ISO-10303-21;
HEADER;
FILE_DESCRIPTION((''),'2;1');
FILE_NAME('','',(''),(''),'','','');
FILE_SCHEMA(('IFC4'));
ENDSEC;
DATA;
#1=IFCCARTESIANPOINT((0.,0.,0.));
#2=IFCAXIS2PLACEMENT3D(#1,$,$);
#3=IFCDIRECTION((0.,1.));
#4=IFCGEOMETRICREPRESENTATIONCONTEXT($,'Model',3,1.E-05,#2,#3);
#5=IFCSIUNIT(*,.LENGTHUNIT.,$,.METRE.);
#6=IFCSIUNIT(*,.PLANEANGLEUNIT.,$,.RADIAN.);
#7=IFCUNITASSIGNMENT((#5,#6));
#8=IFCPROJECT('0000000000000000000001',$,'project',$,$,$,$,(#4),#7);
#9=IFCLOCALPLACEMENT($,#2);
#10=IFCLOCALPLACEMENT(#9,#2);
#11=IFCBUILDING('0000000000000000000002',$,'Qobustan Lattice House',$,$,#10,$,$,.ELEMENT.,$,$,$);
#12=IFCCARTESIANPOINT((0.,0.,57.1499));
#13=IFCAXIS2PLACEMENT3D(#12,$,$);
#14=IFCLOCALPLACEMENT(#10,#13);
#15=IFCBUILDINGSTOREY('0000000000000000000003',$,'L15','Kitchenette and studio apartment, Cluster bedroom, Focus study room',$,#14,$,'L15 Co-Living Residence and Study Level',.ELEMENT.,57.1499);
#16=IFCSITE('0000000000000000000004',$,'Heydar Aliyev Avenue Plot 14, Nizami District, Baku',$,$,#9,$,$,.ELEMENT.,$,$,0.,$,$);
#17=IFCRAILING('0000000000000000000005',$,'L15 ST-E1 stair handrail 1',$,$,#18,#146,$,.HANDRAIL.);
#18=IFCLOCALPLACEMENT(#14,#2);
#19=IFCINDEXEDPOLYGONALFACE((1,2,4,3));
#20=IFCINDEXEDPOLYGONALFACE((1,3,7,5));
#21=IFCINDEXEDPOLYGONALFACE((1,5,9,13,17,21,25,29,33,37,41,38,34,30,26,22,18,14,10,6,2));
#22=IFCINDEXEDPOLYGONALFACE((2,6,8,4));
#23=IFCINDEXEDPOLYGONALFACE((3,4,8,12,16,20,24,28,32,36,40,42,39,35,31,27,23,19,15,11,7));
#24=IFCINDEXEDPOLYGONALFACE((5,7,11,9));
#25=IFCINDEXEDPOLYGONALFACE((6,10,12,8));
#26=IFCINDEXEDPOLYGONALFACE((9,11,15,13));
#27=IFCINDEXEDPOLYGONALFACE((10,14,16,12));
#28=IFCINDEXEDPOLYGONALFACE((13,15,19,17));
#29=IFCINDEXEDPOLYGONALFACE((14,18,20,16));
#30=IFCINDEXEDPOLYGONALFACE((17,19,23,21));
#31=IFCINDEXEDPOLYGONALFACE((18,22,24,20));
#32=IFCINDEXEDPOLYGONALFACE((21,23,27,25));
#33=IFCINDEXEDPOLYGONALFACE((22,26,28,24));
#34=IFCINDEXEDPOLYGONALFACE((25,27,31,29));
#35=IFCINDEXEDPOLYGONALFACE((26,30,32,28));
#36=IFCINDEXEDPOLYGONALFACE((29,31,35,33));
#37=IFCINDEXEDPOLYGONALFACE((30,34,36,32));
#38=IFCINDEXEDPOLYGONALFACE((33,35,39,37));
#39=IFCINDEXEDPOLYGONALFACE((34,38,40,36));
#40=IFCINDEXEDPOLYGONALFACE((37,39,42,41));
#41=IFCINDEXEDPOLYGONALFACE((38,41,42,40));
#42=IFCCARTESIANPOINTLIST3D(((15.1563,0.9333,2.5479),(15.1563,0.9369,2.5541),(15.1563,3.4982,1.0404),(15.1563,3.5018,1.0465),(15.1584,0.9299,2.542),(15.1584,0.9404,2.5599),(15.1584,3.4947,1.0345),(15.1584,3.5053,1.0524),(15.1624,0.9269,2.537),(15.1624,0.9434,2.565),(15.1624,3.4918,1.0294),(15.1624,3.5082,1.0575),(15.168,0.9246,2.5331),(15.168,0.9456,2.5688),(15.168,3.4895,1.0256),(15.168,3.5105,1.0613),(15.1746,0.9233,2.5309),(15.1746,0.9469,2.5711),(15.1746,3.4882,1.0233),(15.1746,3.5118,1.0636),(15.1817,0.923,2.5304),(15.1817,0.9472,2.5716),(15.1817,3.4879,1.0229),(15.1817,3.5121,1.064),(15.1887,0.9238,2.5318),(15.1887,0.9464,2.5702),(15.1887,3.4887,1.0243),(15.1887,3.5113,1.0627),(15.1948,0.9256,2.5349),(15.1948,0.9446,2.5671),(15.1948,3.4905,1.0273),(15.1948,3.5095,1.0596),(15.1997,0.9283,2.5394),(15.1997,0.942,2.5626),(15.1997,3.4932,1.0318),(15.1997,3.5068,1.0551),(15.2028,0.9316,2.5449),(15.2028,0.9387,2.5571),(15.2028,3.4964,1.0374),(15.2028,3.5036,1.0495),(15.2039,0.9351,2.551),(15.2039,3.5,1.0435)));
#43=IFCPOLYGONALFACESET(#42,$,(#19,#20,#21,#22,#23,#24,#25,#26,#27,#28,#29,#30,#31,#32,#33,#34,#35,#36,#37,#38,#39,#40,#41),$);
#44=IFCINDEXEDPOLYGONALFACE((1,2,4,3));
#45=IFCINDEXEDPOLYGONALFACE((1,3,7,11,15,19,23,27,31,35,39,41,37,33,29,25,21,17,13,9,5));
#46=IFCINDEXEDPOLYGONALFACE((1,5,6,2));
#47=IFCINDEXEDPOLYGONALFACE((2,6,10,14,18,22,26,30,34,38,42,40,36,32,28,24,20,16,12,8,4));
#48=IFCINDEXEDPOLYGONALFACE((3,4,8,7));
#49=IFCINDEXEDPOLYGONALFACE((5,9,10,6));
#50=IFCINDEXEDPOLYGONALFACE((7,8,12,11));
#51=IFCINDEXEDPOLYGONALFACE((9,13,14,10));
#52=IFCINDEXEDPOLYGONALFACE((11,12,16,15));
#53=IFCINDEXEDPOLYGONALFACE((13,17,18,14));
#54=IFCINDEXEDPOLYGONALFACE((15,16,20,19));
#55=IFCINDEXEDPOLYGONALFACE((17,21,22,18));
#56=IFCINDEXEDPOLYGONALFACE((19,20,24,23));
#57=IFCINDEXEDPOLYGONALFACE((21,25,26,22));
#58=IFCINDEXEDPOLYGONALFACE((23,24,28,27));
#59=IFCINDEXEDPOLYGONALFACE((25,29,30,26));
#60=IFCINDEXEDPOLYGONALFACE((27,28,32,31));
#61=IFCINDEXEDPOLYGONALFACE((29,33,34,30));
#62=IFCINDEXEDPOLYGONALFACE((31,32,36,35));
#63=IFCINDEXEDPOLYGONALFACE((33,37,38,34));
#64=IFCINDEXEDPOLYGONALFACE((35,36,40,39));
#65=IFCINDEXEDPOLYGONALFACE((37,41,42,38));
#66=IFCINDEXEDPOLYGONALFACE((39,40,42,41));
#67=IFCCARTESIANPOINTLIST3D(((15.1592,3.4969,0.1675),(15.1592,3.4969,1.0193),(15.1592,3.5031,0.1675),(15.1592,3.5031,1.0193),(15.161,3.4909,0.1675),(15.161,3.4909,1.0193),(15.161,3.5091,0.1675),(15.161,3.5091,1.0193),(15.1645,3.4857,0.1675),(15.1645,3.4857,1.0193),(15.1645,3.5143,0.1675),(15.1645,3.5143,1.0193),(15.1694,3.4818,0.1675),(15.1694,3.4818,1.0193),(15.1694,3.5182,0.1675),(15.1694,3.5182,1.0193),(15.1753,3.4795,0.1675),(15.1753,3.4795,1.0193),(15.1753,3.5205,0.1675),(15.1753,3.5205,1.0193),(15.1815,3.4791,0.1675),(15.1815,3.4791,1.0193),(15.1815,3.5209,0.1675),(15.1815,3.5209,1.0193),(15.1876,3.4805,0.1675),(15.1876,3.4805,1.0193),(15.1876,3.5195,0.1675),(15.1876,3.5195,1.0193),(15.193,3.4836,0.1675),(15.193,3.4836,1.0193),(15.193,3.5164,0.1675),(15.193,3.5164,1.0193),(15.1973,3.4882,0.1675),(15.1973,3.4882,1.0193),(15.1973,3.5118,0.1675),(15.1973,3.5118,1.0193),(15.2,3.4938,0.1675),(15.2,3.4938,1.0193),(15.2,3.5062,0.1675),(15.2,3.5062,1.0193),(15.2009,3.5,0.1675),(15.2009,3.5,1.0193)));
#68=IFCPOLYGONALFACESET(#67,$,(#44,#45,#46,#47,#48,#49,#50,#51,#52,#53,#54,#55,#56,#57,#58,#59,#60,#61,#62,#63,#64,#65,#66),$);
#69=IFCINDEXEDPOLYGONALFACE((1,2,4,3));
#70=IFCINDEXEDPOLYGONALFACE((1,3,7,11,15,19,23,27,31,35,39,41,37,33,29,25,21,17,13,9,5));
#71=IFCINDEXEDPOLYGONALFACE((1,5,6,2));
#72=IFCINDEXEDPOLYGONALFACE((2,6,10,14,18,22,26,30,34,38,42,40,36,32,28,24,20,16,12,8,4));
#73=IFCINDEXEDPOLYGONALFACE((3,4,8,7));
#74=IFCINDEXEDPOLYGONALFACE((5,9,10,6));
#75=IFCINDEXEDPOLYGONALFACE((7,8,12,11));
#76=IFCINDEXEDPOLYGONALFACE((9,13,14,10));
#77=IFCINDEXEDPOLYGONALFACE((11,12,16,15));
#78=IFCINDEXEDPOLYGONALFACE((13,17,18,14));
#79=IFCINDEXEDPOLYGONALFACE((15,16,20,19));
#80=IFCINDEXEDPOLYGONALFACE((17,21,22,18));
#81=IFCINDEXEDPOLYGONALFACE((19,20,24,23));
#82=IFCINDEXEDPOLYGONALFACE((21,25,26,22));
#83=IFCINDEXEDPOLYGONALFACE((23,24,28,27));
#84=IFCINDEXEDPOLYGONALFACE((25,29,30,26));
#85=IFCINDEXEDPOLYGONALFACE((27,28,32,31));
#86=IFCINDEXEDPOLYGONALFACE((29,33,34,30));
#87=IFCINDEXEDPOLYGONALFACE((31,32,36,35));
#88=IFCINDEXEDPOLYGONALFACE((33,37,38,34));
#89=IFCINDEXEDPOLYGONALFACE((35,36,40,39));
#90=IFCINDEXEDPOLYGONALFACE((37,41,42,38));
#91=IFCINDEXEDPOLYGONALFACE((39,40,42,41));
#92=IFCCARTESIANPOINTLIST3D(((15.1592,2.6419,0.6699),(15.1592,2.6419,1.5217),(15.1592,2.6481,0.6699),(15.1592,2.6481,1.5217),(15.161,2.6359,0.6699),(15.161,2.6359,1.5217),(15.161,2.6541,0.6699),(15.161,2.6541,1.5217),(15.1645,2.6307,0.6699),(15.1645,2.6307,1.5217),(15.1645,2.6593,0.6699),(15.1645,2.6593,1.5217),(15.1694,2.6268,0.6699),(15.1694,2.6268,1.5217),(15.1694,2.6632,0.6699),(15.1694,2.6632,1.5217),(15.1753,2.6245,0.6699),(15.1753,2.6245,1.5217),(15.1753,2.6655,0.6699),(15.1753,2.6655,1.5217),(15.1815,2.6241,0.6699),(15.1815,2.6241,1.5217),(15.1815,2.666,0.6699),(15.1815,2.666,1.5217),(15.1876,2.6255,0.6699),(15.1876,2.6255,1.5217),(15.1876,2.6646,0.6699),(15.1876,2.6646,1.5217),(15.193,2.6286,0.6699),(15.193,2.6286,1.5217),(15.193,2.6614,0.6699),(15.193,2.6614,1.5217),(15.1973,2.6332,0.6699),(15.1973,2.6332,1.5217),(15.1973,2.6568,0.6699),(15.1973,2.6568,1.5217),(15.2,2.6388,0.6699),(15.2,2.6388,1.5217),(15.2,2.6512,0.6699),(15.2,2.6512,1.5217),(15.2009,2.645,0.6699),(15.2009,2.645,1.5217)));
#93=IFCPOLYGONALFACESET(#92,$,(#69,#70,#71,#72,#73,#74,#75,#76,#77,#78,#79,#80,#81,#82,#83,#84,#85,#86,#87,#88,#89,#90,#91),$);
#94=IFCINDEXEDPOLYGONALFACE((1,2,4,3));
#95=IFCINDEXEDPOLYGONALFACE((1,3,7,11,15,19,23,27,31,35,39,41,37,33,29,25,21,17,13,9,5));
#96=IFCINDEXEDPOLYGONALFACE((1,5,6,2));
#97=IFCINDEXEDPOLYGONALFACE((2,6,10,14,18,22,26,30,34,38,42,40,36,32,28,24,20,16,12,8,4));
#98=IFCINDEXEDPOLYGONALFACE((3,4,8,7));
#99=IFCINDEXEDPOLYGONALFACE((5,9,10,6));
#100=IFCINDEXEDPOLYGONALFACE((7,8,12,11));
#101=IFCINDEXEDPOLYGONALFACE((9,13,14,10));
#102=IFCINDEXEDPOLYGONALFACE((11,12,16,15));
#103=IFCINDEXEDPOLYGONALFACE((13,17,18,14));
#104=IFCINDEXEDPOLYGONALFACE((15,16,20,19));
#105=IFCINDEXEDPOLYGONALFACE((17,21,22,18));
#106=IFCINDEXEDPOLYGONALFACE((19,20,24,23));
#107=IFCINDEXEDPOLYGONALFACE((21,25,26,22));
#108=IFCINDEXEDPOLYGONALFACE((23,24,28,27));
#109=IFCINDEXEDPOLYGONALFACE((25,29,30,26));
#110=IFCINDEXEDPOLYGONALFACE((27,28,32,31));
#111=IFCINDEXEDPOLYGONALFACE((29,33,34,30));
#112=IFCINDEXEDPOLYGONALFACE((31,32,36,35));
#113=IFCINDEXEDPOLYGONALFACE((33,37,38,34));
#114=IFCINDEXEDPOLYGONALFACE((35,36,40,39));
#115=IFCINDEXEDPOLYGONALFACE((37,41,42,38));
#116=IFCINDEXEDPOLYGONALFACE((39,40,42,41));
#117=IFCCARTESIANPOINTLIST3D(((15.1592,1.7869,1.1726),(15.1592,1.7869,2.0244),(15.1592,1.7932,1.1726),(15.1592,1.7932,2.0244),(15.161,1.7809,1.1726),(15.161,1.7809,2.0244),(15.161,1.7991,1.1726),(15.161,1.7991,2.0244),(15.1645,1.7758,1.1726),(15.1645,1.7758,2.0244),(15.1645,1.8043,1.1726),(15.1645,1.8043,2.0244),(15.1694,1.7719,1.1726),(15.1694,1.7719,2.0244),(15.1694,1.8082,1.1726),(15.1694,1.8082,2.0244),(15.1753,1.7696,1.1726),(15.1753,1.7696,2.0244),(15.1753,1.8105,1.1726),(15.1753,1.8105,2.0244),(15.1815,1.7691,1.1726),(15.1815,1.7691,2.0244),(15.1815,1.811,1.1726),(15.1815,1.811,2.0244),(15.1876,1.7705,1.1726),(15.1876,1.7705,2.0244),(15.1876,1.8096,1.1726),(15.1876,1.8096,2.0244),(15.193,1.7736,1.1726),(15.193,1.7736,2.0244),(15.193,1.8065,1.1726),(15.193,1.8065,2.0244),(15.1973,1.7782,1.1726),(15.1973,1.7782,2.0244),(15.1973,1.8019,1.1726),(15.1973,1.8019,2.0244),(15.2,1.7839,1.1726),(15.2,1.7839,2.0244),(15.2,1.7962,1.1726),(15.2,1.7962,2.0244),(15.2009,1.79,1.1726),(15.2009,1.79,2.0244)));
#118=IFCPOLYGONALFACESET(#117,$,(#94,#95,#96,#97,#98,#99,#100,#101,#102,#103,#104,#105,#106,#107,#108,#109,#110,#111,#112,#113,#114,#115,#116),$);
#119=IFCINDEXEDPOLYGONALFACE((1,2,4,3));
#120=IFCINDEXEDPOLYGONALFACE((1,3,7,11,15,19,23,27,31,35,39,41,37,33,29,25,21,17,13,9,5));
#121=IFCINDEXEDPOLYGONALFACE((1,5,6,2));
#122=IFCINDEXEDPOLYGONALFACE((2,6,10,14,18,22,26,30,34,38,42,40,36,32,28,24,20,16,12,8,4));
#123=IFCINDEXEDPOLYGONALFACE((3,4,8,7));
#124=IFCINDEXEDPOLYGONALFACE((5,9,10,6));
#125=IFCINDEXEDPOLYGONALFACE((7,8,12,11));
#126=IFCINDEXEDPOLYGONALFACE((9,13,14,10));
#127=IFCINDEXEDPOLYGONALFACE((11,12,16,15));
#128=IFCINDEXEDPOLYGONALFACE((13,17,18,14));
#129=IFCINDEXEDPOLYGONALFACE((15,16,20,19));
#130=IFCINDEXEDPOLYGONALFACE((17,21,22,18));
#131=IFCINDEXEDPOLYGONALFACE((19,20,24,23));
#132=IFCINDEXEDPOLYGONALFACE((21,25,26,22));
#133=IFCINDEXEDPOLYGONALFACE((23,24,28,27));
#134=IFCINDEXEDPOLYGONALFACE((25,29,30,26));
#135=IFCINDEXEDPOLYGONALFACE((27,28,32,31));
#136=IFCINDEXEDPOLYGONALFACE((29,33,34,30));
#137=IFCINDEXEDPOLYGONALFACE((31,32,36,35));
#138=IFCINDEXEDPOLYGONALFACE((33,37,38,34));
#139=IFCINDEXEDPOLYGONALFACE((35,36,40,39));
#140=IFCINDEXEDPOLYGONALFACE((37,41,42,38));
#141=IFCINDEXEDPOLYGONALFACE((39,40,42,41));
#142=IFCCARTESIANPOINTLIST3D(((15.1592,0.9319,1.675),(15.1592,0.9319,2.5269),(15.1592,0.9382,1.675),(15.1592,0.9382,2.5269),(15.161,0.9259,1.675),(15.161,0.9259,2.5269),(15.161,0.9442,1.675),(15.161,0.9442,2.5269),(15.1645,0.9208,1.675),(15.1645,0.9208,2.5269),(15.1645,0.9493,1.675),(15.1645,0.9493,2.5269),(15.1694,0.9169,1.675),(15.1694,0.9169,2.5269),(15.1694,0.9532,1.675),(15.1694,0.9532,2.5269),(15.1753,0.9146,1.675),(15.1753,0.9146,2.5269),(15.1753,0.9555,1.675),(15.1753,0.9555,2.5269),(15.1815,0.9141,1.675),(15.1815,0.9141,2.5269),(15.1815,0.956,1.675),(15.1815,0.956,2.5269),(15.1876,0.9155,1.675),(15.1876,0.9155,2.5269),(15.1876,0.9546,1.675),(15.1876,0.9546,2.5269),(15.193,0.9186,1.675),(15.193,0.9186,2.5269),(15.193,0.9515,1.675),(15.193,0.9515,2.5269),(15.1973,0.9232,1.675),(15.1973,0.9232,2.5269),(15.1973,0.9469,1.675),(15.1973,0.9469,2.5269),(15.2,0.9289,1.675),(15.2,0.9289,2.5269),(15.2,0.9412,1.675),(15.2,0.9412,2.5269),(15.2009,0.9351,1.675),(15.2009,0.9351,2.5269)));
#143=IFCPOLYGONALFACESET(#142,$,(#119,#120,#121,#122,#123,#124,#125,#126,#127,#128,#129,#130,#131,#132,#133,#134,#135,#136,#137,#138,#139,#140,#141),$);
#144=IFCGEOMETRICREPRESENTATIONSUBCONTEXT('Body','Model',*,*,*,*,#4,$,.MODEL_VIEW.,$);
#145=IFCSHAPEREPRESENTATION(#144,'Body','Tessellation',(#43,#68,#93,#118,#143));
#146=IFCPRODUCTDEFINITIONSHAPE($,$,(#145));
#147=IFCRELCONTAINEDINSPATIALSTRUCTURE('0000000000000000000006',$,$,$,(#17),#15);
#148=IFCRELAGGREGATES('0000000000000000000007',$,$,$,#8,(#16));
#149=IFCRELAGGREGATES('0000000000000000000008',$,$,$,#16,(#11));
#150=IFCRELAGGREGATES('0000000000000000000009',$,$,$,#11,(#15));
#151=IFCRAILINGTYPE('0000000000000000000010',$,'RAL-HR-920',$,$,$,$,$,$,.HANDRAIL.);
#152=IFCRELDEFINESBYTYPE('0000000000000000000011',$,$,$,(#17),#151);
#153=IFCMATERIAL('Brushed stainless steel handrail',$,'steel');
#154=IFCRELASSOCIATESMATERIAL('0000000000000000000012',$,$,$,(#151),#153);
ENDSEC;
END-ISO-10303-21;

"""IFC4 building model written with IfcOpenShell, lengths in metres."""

from ifc_helpers import new_model, si_unit, direction, frame, origin, origin_2d, place, context, subcontext, project, spatial, circle, extrude, material, type_object, element, save


model = new_model("IFC4")

# Units and contexts
model_context = context("Model", 3, precision=1e-05, world=origin(), true_north=direction((0.0, 1.0)))
body_context = subcontext(model_context, "Body", "Model", "MODEL_VIEW")
ifc_project = project(units=[si_unit("LENGTHUNIT", "METRE"), si_unit("PLANEANGLEUNIT", "RADIAN")], contexts=[model_context])

# Site, building, storey
site_placement = place(None, origin())
site = spatial("IfcSite", under=ifc_project, at=site_placement, Name="Heydar Aliyev Avenue Plot 14, Nizami District, Baku", CompositionType="ELEMENT", RefElevation=0.0)
building_placement = place(site_placement, origin())
building = spatial("IfcBuilding", under=site, at=building_placement, Name="Qobustan Lattice House", CompositionType="ELEMENT")
storey_placement = place(building_placement, frame((0.0, 0.0, 57.1499)))
storey = spatial("IfcBuildingStorey", under=building, at=storey_placement, Name="L15", Description="Kitchenette and studio apartment, Cluster bedroom, Focus study room", LongName="L15 Co-Living Residence and Study Level", CompositionType="ELEMENT", Elevation=57.1499)

# Railing
ifc_material_1 = material(Name="Brushed stainless steel handrail", Category="steel")
railing_type_1 = type_object("IfcRailingType", Name="RAL-HR-920", PredefinedType="HANDRAIL", material=ifc_material_1)
railing_1_placement = place(storey_placement, frame((15.1799, 3.5, 0.1675)))
element("IfcRailing", 1, at=railing_1_placement, inside=storey, type_object=railing_type_1, Name="L15 ST-E1 stair handrail 1", PredefinedType="HANDRAIL", context=body_context, shape_type="SweptSolid", body=[
    extrude(circle(Radius=0.0239, at=origin_2d()), frame((0.0, 0.0, 0.876), z_axis=(0.0, -0.862113, 0.506715), x_axis=(1.0, 0.0, 0.0)), (0.0, 0.0, 1.0), 2.9751),
    extrude(circle(Radius=0.021, at=origin_2d()), origin(), (0.0, 0.0, 1.0), 0.8518),
    extrude(circle(Radius=0.021, at=origin_2d()), frame((0.0, -0.855, 0.5024)), (0.0, 0.0, 1.0), 0.8518),
    extrude(circle(Radius=0.021, at=origin_2d()), frame((0.0, -1.71, 1.0051)), (0.0, 0.0, 1.0), 0.8518),
    extrude(circle(Radius=0.021, at=origin_2d()), frame((0.0, -2.5649, 1.5076)), (0.0, 0.0, 1.0), 0.8518),
])

save(model, "model.ifc")
